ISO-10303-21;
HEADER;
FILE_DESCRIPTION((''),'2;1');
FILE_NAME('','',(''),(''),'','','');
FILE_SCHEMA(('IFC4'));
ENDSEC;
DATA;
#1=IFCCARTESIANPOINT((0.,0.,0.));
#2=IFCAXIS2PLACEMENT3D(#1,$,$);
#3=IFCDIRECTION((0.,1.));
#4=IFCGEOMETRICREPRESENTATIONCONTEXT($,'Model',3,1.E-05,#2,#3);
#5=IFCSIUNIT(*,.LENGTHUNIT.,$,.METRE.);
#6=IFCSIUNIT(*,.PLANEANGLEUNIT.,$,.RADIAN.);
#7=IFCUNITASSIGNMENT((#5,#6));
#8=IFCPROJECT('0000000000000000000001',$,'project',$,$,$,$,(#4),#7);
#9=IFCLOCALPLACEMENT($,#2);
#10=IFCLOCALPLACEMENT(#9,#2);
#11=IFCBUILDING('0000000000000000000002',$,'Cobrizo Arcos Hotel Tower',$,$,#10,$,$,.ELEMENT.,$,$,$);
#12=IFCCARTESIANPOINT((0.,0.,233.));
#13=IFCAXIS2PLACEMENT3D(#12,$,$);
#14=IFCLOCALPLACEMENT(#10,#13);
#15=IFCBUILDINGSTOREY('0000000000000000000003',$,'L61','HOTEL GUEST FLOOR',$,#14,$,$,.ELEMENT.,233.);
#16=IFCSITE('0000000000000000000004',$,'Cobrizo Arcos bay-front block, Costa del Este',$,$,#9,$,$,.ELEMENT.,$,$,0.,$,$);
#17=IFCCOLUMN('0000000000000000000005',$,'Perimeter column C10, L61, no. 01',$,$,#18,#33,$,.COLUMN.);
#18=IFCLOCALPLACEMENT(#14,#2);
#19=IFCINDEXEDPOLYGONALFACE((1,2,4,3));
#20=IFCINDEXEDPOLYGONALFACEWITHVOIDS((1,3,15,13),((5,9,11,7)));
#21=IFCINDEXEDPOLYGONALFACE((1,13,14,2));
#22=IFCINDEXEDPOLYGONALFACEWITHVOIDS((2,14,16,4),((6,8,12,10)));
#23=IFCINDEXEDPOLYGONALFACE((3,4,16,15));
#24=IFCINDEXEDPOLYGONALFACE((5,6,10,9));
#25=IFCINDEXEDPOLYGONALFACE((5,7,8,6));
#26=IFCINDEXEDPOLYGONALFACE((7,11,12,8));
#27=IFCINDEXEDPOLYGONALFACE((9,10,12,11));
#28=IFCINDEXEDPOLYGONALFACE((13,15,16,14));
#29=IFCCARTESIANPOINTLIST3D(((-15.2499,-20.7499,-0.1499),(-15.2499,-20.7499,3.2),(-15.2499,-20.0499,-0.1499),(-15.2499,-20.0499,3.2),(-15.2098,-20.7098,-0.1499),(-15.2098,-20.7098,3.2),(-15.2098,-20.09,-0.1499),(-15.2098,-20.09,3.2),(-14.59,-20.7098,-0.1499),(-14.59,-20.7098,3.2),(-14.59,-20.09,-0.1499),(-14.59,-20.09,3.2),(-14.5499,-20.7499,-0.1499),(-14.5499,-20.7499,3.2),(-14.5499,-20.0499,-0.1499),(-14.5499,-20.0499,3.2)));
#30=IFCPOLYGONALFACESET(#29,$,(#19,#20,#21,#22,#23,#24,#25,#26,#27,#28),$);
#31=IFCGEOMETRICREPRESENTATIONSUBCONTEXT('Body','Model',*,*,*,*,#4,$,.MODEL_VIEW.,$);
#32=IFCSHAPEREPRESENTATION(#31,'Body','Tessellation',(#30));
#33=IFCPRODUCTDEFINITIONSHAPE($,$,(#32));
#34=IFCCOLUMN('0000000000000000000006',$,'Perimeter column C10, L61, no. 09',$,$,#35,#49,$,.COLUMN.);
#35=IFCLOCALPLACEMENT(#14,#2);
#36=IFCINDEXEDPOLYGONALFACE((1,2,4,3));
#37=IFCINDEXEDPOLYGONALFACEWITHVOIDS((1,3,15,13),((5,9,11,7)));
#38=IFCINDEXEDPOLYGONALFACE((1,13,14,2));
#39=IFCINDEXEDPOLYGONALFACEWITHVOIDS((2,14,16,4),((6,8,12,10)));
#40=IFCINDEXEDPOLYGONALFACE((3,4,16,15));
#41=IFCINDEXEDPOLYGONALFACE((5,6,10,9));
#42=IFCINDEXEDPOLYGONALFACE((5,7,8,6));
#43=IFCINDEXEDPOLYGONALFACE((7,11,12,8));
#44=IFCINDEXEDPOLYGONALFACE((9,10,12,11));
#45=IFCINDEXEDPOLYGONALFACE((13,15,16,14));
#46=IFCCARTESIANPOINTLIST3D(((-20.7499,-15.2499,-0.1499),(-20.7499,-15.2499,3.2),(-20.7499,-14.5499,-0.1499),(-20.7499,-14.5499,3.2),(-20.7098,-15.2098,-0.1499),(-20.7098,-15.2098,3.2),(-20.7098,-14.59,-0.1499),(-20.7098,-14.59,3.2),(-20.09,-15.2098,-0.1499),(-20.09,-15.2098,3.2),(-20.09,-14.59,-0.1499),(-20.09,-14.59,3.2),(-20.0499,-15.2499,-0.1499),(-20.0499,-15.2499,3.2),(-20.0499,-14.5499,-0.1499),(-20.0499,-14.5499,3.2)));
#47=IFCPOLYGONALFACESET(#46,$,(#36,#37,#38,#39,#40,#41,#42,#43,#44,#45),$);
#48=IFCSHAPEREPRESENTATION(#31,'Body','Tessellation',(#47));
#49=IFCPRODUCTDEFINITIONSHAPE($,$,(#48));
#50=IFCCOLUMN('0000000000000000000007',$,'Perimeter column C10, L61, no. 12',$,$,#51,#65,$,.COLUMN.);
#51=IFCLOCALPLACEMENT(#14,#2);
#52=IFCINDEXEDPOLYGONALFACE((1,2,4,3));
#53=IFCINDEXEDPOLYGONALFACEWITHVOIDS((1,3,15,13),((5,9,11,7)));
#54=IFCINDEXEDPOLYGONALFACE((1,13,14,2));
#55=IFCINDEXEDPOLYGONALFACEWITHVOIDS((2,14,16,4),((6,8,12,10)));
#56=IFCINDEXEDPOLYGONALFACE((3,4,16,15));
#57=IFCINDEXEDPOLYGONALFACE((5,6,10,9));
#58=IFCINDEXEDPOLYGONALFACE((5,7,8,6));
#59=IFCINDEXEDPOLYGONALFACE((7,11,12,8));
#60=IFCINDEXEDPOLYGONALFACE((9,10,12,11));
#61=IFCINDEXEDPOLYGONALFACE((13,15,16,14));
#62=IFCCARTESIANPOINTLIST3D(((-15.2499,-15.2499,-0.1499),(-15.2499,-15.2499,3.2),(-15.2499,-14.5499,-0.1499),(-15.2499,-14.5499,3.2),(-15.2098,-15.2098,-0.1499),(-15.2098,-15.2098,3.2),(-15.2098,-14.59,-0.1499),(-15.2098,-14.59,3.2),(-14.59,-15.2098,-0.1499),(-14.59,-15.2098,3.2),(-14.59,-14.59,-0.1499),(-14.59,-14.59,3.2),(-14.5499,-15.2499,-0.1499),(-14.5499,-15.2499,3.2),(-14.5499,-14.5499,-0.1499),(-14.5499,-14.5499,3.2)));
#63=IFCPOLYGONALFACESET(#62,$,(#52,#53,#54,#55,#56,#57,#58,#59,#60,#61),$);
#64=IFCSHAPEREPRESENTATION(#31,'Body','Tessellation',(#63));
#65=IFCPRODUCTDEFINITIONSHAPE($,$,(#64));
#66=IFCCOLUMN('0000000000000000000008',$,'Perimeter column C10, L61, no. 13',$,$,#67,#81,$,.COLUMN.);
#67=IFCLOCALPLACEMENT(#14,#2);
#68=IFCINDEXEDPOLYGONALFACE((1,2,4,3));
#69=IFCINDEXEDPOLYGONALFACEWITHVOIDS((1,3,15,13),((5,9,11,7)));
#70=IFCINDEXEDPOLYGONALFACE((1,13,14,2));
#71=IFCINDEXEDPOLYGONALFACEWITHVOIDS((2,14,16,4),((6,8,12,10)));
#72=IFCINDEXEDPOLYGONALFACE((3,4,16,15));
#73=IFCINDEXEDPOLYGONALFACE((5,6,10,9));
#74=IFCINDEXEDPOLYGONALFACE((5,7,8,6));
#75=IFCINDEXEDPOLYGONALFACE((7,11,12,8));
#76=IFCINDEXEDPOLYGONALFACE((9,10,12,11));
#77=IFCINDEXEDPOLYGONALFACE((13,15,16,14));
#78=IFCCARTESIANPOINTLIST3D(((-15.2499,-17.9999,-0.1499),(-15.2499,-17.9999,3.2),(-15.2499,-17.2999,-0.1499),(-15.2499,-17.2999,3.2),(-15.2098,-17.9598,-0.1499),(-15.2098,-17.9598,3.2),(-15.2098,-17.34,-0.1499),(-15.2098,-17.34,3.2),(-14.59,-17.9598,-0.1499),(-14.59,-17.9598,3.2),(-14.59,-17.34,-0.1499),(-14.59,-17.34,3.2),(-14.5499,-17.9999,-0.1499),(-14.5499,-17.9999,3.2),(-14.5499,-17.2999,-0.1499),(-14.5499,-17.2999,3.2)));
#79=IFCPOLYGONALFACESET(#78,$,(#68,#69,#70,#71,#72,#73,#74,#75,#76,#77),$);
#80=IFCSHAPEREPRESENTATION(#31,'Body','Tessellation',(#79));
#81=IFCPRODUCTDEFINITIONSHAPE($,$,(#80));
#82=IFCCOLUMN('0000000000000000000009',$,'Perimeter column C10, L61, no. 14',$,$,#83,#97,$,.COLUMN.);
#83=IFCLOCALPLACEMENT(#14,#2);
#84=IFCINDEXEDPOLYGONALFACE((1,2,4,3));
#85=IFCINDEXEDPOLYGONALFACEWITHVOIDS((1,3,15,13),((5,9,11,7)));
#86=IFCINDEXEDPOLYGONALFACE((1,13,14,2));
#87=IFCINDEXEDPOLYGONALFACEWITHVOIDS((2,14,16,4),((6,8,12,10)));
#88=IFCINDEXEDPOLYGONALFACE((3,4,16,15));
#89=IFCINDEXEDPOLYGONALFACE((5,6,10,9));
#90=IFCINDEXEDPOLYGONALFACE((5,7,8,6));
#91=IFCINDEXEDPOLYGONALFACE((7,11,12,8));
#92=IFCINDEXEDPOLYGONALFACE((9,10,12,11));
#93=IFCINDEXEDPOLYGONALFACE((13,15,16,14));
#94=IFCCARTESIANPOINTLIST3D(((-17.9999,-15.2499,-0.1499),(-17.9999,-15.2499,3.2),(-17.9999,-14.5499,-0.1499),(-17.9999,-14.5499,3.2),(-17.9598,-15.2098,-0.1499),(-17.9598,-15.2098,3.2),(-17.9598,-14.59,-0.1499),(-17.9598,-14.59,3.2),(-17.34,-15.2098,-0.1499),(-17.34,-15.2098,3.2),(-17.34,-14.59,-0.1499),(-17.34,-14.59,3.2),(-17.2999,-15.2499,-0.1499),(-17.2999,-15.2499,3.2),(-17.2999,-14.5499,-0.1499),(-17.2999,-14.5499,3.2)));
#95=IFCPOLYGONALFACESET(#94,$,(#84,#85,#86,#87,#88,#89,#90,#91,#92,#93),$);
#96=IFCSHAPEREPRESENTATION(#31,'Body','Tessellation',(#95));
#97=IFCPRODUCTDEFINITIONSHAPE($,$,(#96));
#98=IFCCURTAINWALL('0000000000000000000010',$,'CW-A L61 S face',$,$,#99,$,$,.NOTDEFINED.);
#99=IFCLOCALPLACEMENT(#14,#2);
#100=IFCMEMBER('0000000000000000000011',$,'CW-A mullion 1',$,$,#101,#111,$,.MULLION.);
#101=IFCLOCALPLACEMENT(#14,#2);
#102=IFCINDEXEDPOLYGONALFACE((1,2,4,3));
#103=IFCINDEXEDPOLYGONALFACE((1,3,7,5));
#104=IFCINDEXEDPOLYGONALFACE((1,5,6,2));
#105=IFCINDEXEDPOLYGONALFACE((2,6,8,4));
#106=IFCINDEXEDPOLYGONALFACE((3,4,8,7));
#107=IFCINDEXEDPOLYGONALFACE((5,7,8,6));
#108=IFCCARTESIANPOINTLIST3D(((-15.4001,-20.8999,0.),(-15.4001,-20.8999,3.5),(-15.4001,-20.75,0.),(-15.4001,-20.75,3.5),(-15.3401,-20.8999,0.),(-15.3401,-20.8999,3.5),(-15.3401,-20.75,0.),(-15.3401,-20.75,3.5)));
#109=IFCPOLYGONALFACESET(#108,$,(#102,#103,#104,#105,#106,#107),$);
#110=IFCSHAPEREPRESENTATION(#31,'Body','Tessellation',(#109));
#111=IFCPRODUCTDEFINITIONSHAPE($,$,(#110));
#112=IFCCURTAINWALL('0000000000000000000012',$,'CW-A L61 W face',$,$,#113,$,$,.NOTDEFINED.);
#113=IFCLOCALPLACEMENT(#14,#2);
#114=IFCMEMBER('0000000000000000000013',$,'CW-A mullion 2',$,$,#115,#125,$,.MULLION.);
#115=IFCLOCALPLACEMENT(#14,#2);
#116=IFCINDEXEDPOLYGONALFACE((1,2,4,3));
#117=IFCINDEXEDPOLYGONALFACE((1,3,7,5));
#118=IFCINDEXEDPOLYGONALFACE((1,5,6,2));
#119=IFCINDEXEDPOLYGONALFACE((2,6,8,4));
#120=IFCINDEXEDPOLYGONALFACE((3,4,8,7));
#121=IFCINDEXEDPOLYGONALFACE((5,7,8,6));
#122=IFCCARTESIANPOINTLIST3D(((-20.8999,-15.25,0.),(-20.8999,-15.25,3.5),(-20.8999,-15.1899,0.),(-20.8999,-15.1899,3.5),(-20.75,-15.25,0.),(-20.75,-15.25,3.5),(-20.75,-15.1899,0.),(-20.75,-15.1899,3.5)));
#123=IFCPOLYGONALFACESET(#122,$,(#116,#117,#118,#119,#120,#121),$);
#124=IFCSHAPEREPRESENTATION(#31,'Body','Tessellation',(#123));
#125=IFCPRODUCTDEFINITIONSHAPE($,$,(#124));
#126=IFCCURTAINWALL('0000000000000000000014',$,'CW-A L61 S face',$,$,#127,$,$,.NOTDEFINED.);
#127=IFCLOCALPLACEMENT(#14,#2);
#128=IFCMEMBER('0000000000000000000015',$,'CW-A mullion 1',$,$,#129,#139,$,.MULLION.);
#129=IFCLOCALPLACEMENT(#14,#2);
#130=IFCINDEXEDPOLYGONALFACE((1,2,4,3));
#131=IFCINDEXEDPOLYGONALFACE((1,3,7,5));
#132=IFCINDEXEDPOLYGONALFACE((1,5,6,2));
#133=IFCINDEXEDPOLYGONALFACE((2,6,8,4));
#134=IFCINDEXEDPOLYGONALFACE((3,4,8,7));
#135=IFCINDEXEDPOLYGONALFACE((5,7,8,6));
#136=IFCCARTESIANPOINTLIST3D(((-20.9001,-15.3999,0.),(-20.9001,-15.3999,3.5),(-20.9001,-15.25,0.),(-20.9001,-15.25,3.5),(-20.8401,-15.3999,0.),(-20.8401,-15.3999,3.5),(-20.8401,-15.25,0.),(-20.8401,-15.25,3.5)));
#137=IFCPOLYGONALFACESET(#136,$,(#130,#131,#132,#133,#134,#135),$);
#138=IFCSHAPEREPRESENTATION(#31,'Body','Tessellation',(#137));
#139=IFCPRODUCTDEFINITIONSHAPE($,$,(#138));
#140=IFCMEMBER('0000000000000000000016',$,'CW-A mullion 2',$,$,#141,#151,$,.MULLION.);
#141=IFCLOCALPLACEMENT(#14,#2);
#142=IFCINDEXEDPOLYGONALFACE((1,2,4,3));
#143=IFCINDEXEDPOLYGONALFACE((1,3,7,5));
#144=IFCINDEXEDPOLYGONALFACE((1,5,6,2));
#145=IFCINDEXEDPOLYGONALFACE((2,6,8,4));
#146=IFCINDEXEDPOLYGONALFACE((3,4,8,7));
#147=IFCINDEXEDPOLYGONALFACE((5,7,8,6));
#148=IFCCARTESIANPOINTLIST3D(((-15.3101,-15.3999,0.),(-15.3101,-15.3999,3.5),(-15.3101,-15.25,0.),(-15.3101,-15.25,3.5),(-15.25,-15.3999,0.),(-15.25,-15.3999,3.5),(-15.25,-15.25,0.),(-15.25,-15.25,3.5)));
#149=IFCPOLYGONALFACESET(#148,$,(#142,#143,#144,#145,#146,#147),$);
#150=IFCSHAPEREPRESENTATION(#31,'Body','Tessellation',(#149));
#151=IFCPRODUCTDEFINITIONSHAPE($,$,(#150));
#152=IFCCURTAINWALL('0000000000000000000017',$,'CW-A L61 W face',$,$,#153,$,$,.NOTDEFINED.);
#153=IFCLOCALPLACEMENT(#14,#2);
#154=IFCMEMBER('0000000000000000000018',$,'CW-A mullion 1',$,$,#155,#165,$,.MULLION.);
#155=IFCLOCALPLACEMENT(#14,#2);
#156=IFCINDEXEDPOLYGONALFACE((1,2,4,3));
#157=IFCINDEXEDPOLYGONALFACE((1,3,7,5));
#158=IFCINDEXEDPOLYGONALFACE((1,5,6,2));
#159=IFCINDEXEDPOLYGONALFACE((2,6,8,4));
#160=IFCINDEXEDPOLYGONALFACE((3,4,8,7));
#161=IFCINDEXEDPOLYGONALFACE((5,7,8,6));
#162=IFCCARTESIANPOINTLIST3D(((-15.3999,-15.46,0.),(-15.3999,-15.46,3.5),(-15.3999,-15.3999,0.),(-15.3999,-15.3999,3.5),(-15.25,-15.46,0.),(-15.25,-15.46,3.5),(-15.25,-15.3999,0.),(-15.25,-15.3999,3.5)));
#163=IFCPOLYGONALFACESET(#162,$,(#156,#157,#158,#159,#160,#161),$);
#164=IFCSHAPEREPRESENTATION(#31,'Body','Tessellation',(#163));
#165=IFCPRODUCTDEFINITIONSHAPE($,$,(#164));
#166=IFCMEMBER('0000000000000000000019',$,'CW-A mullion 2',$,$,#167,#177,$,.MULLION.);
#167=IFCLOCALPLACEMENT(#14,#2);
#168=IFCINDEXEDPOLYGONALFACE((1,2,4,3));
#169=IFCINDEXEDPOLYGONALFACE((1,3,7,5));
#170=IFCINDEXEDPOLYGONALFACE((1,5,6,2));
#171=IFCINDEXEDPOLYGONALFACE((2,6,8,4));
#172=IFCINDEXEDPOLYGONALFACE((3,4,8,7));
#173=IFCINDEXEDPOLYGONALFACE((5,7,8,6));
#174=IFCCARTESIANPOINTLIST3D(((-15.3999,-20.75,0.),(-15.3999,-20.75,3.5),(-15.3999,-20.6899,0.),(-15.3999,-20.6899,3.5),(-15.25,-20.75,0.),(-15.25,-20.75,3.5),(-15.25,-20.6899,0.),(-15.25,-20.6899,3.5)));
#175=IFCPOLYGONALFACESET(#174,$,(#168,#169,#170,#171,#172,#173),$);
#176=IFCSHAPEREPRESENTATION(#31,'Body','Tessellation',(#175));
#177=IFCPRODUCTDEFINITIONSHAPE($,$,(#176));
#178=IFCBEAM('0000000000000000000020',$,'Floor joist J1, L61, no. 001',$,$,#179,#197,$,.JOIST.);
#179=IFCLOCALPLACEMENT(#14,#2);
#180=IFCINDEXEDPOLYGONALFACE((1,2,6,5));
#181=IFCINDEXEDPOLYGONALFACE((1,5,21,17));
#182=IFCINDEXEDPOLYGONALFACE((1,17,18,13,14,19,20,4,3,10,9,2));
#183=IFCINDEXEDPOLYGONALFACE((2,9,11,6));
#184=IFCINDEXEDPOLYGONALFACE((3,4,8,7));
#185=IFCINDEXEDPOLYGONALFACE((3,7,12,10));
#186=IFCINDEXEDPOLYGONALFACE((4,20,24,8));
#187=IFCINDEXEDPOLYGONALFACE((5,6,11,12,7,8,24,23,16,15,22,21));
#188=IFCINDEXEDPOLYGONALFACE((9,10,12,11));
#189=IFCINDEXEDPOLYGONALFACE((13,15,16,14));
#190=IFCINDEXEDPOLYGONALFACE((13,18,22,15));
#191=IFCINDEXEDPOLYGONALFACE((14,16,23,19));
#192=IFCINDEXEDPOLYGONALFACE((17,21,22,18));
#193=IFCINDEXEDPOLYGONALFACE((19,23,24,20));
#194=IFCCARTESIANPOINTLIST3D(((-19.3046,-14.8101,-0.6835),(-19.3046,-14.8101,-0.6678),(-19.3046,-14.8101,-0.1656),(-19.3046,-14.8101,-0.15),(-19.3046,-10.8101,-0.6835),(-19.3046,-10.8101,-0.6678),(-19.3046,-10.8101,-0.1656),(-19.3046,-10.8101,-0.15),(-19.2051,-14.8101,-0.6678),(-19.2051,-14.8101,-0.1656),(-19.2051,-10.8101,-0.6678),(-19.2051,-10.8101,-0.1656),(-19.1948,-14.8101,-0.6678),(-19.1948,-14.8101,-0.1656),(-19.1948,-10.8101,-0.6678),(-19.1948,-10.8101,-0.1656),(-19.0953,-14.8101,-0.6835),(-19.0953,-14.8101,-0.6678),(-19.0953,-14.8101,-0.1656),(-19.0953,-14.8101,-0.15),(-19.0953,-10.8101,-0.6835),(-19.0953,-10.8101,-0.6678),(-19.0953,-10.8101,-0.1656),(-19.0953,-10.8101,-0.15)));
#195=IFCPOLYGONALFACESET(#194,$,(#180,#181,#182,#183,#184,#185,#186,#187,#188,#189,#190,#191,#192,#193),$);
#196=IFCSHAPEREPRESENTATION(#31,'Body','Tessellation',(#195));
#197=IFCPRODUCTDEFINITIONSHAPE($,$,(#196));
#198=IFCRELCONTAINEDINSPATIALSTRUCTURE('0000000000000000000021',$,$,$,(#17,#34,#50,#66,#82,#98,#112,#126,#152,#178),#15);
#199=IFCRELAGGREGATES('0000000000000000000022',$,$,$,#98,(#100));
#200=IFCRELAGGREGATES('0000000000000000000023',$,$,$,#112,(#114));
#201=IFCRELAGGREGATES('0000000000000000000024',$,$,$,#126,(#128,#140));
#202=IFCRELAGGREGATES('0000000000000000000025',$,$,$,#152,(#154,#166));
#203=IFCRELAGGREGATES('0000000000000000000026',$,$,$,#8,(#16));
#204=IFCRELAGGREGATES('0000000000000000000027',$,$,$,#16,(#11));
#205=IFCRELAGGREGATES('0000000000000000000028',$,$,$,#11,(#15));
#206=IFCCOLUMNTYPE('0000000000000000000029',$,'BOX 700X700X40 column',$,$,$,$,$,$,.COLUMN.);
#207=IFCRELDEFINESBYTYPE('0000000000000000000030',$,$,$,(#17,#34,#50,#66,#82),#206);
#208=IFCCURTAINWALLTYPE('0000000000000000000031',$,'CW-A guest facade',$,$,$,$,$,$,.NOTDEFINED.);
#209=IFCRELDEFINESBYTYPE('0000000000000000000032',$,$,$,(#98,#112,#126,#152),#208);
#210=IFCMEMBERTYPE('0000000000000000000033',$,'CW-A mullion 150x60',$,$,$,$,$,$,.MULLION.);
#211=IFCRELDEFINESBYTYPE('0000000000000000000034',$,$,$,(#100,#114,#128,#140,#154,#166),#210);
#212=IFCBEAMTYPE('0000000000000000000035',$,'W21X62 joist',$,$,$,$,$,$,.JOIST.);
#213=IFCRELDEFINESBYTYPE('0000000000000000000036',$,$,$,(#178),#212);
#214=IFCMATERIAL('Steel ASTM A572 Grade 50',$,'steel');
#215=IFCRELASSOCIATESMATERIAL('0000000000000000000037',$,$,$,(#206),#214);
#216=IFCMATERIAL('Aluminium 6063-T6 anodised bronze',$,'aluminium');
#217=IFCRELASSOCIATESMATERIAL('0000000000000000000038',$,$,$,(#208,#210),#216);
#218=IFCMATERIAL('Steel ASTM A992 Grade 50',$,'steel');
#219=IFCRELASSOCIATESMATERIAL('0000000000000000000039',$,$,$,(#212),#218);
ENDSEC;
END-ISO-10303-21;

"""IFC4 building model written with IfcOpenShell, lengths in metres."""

from ifc_helpers import new_model, si_unit, direction, frame, origin, origin_2d, place, context, subcontext, project, spatial, rectangle, hollow_rectangle, i_section, extrude, material, material_profile, profile_set, type_object, element, aggregate, save


model = new_model("IFC4")

# Units and contexts
model_context = context("Model", 3, precision=1e-05, world=origin(), true_north=direction((0.0, 1.0)))
body_context = subcontext(model_context, "Body", "Model", "MODEL_VIEW")
ifc_project = project(units=[si_unit("LENGTHUNIT", "METRE"), si_unit("PLANEANGLEUNIT", "RADIAN")], contexts=[model_context])

# Site, building, storey
site_placement = place(None, origin())
site = spatial("IfcSite", under=ifc_project, at=site_placement, Name="Cobrizo Arcos bay-front block, Costa del Este", CompositionType="ELEMENT", RefElevation=0.0)
building_placement = place(site_placement, origin())
building = spatial("IfcBuilding", under=site, at=building_placement, Name="Cobrizo Arcos Hotel Tower", CompositionType="ELEMENT")
storey_placement = place(building_placement, frame((0.0, 0.0, 233.0)))
storey = spatial("IfcBuildingStorey", under=building, at=storey_placement, Name="L61", Description="HOTEL GUEST FLOOR", CompositionType="ELEMENT", Elevation=233.0)

# Columns
ifc_material_1 = material(Name="Steel ASTM A572 Grade 50", Category="steel")
ifc_material_profile_1 = material_profile(ifc_material_1, hollow_rectangle(XDim=0.7, YDim=0.7, WallThickness=0.04, at=origin_2d()), Name="BOX 700X700X40")
ifc_profile_set_1 = profile_set([ifc_material_profile_1], Name="Steel ASTM A572 Grade 50")
column_type = type_object("IfcColumnType", Name="BOX 700X700X40 column", PredefinedType="COLUMN", material=ifc_profile_set_1)
for number, where, z_axis, x_axis, name in (
    (1, (-14.8999, -20.3999, -0.1499), (0.0, 0.0, 1.0), (1.0, 0.0, 0.0), "Perimeter column C10, L61, no. 01"),
    (2, (-20.3999, -14.8999, -0.1499), (0.0, 0.0, 1.0), (1.0, 0.0, 0.0), "Perimeter column C10, L61, no. 09"),
    (3, (-14.8999, -14.8999, -0.1499), (0.0, 0.0, 1.0), (1.0, 0.0, 0.0), "Perimeter column C10, L61, no. 12"),
    (4, (-14.8999, -17.6499, -0.1499), (0.0, 0.0, 1.0), (1.0, 0.0, 0.0), "Perimeter column C10, L61, no. 13"),
    (5, (-17.6499, -14.8999, -0.1499), (0.0, 0.0, 1.0), (1.0, 0.0, 0.0), "Perimeter column C10, L61, no. 14"),
):
    element("IfcColumn", number, at=place(storey_placement, frame(where, z_axis=z_axis, x_axis=x_axis)), inside=storey, type_object=column_type, Name=name, PredefinedType="COLUMN", context=body_context, shape_type="SweptSolid", body=[
        extrude(hollow_rectangle(XDim=0.7, YDim=0.7, WallThickness=0.04, at=origin_2d()), origin(), (0.0, 0.0, 1.0), 3.3499),
    ])

# Curtain walls, members
ifc_material_2 = material(Name="Aluminium 6063-T6 anodised bronze", Category="aluminium")
curtain_wall_type = type_object("IfcCurtainWallType", Name="CW-A guest facade", PredefinedType="NOTDEFINED", material=ifc_material_2)
curtain_wall_1_placement = place(storey_placement, origin())
curtain_wall_1 = element("IfcCurtainWall", 6, at=curtain_wall_1_placement, inside=storey, type_object=curtain_wall_type, Name="CW-A L61 S face", PredefinedType="NOTDEFINED")
ifc_material_profile_2 = material_profile(ifc_material_2, rectangle(XDim=0.1499, YDim=0.0601, at=origin_2d()), Name="CW-A mullion 150x60")
ifc_profile_set_2 = profile_set([ifc_material_profile_2], Name="Aluminium 6063-T6 anodised bronze")
member_type = type_object("IfcMemberType", Name="CW-A mullion 150x60", PredefinedType="MULLION", material=ifc_profile_set_2)
member_1_placement = place(storey_placement, frame((-15.3701, -20.825, 0.0), z_axis=(0.0, 0.0, 1.0), x_axis=(0.0, -1.0, 0.0)))
member_1 = element("IfcMember", 7, at=member_1_placement, type_object=member_type, Name="CW-A mullion 1", PredefinedType="MULLION", context=body_context, shape_type="SweptSolid", body=[
    extrude(rectangle(XDim=0.1499, YDim=0.0601, at=origin_2d()), origin(), (0.0, 0.0, 1.0), 3.5),
])
aggregate(curtain_wall_1, [member_1])
curtain_wall_2_placement = place(storey_placement, origin())
curtain_wall_2 = element("IfcCurtainWall", 8, at=curtain_wall_2_placement, inside=storey, type_object=curtain_wall_type, Name="CW-A L61 W face", PredefinedType="NOTDEFINED")
member_2_placement = place(storey_placement, frame((-20.825, -15.22, 0.0), z_axis=(0.0, 0.0, 1.0), x_axis=(-1.0, 0.0, 0.0)))
member_2 = element("IfcMember", 9, at=member_2_placement, type_object=member_type, Name="CW-A mullion 2", PredefinedType="MULLION", context=body_context, shape_type="SweptSolid", body=[
    extrude(rectangle(XDim=0.1499, YDim=0.0601, at=origin_2d()), origin(), (0.0, 0.0, 1.0), 3.5),
])

# Curtain walls, members
curtain_wall_3_placement = place(storey_placement, origin())
curtain_wall_3 = element("IfcCurtainWall", 10, at=curtain_wall_3_placement, inside=storey, type_object=curtain_wall_type, Name="CW-A L61 S face", PredefinedType="NOTDEFINED")
member_3_placement = place(storey_placement, frame((-20.8701, -15.325, 0.0), z_axis=(0.0, 0.0, 1.0), x_axis=(0.0, -1.0, 0.0)))
member_3 = element("IfcMember", 11, at=member_3_placement, type_object=member_type, Name="CW-A mullion 1", PredefinedType="MULLION", context=body_context, shape_type="SweptSolid", body=[
    extrude(rectangle(XDim=0.1499, YDim=0.0601, at=origin_2d()), origin(), (0.0, 0.0, 1.0), 3.5),
])
member_4_placement = place(storey_placement, frame((-15.28, -15.325, 0.0), z_axis=(0.0, 0.0, 1.0), x_axis=(0.0, -1.0, 0.0)))
member_4 = element("IfcMember", 12, at=member_4_placement, type_object=member_type, Name="CW-A mullion 2", PredefinedType="MULLION", context=body_context, shape_type="SweptSolid", body=[
    extrude(rectangle(XDim=0.1499, YDim=0.0601, at=origin_2d()), origin(), (0.0, 0.0, 1.0), 3.5),
])
curtain_wall_4_placement = place(storey_placement, origin())
curtain_wall_4 = element("IfcCurtainWall", 13, at=curtain_wall_4_placement, inside=storey, type_object=curtain_wall_type, Name="CW-A L61 W face", PredefinedType="NOTDEFINED")
member_5_placement = place(storey_placement, frame((-15.325, -15.4299, 0.0), z_axis=(0.0, 0.0, 1.0), x_axis=(-1.0, 0.0, 0.0)))
member_5 = element("IfcMember", 14, at=member_5_placement, type_object=member_type, Name="CW-A mullion 1", PredefinedType="MULLION", context=body_context, shape_type="SweptSolid", body=[
    extrude(rectangle(XDim=0.1499, YDim=0.0601, at=origin_2d()), origin(), (0.0, 0.0, 1.0), 3.5),
])
member_6_placement = place(storey_placement, frame((-15.325, -20.72, 0.0), z_axis=(0.0, 0.0, 1.0), x_axis=(-1.0, 0.0, 0.0)))
member_6 = element("IfcMember", 15, at=member_6_placement, type_object=member_type, Name="CW-A mullion 2", PredefinedType="MULLION", context=body_context, shape_type="SweptSolid", body=[
    extrude(rectangle(XDim=0.1499, YDim=0.0601, at=origin_2d()), origin(), (0.0, 0.0, 1.0), 3.5),
])

# Beam
ifc_material_3 = material(Name="Steel ASTM A992 Grade 50", Category="steel")
ifc_material_profile_3 = material_profile(ifc_material_3, i_section(OverallWidth=0.2092, OverallDepth=0.5334, WebThickness=0.0103, FlangeThickness=0.0156, at=origin_2d()), Name="W21X62")
ifc_profile_set_3 = profile_set([ifc_material_profile_3], Name="Steel ASTM A992 Grade 50")
beam_type_1 = type_object("IfcBeamType", Name="W21X62 joist", PredefinedType="JOIST", material=ifc_profile_set_3)
beam_1_placement = place(storey_placement, frame((-19.2, -14.8101, -0.4167), z_axis=(0.0, 1.0, 0.0), x_axis=(-1.0, 0.0, 0.0)))
element("IfcBeam", 16, at=beam_1_placement, inside=storey, type_object=beam_type_1, Name="Floor joist J1, L61, no. 001", PredefinedType="JOIST", context=body_context, shape_type="SweptSolid", body=[
    extrude(i_section(OverallWidth=0.2092, OverallDepth=0.5334, WebThickness=0.0103, FlangeThickness=0.0156, at=origin_2d()), origin(), (0.0, 0.0, 1.0), 4.0),
])

aggregate(curtain_wall_2, [member_2])
aggregate(curtain_wall_3, [member_3, member_4])
aggregate(curtain_wall_4, [member_5, member_6])

save(model, "model.ifc")
